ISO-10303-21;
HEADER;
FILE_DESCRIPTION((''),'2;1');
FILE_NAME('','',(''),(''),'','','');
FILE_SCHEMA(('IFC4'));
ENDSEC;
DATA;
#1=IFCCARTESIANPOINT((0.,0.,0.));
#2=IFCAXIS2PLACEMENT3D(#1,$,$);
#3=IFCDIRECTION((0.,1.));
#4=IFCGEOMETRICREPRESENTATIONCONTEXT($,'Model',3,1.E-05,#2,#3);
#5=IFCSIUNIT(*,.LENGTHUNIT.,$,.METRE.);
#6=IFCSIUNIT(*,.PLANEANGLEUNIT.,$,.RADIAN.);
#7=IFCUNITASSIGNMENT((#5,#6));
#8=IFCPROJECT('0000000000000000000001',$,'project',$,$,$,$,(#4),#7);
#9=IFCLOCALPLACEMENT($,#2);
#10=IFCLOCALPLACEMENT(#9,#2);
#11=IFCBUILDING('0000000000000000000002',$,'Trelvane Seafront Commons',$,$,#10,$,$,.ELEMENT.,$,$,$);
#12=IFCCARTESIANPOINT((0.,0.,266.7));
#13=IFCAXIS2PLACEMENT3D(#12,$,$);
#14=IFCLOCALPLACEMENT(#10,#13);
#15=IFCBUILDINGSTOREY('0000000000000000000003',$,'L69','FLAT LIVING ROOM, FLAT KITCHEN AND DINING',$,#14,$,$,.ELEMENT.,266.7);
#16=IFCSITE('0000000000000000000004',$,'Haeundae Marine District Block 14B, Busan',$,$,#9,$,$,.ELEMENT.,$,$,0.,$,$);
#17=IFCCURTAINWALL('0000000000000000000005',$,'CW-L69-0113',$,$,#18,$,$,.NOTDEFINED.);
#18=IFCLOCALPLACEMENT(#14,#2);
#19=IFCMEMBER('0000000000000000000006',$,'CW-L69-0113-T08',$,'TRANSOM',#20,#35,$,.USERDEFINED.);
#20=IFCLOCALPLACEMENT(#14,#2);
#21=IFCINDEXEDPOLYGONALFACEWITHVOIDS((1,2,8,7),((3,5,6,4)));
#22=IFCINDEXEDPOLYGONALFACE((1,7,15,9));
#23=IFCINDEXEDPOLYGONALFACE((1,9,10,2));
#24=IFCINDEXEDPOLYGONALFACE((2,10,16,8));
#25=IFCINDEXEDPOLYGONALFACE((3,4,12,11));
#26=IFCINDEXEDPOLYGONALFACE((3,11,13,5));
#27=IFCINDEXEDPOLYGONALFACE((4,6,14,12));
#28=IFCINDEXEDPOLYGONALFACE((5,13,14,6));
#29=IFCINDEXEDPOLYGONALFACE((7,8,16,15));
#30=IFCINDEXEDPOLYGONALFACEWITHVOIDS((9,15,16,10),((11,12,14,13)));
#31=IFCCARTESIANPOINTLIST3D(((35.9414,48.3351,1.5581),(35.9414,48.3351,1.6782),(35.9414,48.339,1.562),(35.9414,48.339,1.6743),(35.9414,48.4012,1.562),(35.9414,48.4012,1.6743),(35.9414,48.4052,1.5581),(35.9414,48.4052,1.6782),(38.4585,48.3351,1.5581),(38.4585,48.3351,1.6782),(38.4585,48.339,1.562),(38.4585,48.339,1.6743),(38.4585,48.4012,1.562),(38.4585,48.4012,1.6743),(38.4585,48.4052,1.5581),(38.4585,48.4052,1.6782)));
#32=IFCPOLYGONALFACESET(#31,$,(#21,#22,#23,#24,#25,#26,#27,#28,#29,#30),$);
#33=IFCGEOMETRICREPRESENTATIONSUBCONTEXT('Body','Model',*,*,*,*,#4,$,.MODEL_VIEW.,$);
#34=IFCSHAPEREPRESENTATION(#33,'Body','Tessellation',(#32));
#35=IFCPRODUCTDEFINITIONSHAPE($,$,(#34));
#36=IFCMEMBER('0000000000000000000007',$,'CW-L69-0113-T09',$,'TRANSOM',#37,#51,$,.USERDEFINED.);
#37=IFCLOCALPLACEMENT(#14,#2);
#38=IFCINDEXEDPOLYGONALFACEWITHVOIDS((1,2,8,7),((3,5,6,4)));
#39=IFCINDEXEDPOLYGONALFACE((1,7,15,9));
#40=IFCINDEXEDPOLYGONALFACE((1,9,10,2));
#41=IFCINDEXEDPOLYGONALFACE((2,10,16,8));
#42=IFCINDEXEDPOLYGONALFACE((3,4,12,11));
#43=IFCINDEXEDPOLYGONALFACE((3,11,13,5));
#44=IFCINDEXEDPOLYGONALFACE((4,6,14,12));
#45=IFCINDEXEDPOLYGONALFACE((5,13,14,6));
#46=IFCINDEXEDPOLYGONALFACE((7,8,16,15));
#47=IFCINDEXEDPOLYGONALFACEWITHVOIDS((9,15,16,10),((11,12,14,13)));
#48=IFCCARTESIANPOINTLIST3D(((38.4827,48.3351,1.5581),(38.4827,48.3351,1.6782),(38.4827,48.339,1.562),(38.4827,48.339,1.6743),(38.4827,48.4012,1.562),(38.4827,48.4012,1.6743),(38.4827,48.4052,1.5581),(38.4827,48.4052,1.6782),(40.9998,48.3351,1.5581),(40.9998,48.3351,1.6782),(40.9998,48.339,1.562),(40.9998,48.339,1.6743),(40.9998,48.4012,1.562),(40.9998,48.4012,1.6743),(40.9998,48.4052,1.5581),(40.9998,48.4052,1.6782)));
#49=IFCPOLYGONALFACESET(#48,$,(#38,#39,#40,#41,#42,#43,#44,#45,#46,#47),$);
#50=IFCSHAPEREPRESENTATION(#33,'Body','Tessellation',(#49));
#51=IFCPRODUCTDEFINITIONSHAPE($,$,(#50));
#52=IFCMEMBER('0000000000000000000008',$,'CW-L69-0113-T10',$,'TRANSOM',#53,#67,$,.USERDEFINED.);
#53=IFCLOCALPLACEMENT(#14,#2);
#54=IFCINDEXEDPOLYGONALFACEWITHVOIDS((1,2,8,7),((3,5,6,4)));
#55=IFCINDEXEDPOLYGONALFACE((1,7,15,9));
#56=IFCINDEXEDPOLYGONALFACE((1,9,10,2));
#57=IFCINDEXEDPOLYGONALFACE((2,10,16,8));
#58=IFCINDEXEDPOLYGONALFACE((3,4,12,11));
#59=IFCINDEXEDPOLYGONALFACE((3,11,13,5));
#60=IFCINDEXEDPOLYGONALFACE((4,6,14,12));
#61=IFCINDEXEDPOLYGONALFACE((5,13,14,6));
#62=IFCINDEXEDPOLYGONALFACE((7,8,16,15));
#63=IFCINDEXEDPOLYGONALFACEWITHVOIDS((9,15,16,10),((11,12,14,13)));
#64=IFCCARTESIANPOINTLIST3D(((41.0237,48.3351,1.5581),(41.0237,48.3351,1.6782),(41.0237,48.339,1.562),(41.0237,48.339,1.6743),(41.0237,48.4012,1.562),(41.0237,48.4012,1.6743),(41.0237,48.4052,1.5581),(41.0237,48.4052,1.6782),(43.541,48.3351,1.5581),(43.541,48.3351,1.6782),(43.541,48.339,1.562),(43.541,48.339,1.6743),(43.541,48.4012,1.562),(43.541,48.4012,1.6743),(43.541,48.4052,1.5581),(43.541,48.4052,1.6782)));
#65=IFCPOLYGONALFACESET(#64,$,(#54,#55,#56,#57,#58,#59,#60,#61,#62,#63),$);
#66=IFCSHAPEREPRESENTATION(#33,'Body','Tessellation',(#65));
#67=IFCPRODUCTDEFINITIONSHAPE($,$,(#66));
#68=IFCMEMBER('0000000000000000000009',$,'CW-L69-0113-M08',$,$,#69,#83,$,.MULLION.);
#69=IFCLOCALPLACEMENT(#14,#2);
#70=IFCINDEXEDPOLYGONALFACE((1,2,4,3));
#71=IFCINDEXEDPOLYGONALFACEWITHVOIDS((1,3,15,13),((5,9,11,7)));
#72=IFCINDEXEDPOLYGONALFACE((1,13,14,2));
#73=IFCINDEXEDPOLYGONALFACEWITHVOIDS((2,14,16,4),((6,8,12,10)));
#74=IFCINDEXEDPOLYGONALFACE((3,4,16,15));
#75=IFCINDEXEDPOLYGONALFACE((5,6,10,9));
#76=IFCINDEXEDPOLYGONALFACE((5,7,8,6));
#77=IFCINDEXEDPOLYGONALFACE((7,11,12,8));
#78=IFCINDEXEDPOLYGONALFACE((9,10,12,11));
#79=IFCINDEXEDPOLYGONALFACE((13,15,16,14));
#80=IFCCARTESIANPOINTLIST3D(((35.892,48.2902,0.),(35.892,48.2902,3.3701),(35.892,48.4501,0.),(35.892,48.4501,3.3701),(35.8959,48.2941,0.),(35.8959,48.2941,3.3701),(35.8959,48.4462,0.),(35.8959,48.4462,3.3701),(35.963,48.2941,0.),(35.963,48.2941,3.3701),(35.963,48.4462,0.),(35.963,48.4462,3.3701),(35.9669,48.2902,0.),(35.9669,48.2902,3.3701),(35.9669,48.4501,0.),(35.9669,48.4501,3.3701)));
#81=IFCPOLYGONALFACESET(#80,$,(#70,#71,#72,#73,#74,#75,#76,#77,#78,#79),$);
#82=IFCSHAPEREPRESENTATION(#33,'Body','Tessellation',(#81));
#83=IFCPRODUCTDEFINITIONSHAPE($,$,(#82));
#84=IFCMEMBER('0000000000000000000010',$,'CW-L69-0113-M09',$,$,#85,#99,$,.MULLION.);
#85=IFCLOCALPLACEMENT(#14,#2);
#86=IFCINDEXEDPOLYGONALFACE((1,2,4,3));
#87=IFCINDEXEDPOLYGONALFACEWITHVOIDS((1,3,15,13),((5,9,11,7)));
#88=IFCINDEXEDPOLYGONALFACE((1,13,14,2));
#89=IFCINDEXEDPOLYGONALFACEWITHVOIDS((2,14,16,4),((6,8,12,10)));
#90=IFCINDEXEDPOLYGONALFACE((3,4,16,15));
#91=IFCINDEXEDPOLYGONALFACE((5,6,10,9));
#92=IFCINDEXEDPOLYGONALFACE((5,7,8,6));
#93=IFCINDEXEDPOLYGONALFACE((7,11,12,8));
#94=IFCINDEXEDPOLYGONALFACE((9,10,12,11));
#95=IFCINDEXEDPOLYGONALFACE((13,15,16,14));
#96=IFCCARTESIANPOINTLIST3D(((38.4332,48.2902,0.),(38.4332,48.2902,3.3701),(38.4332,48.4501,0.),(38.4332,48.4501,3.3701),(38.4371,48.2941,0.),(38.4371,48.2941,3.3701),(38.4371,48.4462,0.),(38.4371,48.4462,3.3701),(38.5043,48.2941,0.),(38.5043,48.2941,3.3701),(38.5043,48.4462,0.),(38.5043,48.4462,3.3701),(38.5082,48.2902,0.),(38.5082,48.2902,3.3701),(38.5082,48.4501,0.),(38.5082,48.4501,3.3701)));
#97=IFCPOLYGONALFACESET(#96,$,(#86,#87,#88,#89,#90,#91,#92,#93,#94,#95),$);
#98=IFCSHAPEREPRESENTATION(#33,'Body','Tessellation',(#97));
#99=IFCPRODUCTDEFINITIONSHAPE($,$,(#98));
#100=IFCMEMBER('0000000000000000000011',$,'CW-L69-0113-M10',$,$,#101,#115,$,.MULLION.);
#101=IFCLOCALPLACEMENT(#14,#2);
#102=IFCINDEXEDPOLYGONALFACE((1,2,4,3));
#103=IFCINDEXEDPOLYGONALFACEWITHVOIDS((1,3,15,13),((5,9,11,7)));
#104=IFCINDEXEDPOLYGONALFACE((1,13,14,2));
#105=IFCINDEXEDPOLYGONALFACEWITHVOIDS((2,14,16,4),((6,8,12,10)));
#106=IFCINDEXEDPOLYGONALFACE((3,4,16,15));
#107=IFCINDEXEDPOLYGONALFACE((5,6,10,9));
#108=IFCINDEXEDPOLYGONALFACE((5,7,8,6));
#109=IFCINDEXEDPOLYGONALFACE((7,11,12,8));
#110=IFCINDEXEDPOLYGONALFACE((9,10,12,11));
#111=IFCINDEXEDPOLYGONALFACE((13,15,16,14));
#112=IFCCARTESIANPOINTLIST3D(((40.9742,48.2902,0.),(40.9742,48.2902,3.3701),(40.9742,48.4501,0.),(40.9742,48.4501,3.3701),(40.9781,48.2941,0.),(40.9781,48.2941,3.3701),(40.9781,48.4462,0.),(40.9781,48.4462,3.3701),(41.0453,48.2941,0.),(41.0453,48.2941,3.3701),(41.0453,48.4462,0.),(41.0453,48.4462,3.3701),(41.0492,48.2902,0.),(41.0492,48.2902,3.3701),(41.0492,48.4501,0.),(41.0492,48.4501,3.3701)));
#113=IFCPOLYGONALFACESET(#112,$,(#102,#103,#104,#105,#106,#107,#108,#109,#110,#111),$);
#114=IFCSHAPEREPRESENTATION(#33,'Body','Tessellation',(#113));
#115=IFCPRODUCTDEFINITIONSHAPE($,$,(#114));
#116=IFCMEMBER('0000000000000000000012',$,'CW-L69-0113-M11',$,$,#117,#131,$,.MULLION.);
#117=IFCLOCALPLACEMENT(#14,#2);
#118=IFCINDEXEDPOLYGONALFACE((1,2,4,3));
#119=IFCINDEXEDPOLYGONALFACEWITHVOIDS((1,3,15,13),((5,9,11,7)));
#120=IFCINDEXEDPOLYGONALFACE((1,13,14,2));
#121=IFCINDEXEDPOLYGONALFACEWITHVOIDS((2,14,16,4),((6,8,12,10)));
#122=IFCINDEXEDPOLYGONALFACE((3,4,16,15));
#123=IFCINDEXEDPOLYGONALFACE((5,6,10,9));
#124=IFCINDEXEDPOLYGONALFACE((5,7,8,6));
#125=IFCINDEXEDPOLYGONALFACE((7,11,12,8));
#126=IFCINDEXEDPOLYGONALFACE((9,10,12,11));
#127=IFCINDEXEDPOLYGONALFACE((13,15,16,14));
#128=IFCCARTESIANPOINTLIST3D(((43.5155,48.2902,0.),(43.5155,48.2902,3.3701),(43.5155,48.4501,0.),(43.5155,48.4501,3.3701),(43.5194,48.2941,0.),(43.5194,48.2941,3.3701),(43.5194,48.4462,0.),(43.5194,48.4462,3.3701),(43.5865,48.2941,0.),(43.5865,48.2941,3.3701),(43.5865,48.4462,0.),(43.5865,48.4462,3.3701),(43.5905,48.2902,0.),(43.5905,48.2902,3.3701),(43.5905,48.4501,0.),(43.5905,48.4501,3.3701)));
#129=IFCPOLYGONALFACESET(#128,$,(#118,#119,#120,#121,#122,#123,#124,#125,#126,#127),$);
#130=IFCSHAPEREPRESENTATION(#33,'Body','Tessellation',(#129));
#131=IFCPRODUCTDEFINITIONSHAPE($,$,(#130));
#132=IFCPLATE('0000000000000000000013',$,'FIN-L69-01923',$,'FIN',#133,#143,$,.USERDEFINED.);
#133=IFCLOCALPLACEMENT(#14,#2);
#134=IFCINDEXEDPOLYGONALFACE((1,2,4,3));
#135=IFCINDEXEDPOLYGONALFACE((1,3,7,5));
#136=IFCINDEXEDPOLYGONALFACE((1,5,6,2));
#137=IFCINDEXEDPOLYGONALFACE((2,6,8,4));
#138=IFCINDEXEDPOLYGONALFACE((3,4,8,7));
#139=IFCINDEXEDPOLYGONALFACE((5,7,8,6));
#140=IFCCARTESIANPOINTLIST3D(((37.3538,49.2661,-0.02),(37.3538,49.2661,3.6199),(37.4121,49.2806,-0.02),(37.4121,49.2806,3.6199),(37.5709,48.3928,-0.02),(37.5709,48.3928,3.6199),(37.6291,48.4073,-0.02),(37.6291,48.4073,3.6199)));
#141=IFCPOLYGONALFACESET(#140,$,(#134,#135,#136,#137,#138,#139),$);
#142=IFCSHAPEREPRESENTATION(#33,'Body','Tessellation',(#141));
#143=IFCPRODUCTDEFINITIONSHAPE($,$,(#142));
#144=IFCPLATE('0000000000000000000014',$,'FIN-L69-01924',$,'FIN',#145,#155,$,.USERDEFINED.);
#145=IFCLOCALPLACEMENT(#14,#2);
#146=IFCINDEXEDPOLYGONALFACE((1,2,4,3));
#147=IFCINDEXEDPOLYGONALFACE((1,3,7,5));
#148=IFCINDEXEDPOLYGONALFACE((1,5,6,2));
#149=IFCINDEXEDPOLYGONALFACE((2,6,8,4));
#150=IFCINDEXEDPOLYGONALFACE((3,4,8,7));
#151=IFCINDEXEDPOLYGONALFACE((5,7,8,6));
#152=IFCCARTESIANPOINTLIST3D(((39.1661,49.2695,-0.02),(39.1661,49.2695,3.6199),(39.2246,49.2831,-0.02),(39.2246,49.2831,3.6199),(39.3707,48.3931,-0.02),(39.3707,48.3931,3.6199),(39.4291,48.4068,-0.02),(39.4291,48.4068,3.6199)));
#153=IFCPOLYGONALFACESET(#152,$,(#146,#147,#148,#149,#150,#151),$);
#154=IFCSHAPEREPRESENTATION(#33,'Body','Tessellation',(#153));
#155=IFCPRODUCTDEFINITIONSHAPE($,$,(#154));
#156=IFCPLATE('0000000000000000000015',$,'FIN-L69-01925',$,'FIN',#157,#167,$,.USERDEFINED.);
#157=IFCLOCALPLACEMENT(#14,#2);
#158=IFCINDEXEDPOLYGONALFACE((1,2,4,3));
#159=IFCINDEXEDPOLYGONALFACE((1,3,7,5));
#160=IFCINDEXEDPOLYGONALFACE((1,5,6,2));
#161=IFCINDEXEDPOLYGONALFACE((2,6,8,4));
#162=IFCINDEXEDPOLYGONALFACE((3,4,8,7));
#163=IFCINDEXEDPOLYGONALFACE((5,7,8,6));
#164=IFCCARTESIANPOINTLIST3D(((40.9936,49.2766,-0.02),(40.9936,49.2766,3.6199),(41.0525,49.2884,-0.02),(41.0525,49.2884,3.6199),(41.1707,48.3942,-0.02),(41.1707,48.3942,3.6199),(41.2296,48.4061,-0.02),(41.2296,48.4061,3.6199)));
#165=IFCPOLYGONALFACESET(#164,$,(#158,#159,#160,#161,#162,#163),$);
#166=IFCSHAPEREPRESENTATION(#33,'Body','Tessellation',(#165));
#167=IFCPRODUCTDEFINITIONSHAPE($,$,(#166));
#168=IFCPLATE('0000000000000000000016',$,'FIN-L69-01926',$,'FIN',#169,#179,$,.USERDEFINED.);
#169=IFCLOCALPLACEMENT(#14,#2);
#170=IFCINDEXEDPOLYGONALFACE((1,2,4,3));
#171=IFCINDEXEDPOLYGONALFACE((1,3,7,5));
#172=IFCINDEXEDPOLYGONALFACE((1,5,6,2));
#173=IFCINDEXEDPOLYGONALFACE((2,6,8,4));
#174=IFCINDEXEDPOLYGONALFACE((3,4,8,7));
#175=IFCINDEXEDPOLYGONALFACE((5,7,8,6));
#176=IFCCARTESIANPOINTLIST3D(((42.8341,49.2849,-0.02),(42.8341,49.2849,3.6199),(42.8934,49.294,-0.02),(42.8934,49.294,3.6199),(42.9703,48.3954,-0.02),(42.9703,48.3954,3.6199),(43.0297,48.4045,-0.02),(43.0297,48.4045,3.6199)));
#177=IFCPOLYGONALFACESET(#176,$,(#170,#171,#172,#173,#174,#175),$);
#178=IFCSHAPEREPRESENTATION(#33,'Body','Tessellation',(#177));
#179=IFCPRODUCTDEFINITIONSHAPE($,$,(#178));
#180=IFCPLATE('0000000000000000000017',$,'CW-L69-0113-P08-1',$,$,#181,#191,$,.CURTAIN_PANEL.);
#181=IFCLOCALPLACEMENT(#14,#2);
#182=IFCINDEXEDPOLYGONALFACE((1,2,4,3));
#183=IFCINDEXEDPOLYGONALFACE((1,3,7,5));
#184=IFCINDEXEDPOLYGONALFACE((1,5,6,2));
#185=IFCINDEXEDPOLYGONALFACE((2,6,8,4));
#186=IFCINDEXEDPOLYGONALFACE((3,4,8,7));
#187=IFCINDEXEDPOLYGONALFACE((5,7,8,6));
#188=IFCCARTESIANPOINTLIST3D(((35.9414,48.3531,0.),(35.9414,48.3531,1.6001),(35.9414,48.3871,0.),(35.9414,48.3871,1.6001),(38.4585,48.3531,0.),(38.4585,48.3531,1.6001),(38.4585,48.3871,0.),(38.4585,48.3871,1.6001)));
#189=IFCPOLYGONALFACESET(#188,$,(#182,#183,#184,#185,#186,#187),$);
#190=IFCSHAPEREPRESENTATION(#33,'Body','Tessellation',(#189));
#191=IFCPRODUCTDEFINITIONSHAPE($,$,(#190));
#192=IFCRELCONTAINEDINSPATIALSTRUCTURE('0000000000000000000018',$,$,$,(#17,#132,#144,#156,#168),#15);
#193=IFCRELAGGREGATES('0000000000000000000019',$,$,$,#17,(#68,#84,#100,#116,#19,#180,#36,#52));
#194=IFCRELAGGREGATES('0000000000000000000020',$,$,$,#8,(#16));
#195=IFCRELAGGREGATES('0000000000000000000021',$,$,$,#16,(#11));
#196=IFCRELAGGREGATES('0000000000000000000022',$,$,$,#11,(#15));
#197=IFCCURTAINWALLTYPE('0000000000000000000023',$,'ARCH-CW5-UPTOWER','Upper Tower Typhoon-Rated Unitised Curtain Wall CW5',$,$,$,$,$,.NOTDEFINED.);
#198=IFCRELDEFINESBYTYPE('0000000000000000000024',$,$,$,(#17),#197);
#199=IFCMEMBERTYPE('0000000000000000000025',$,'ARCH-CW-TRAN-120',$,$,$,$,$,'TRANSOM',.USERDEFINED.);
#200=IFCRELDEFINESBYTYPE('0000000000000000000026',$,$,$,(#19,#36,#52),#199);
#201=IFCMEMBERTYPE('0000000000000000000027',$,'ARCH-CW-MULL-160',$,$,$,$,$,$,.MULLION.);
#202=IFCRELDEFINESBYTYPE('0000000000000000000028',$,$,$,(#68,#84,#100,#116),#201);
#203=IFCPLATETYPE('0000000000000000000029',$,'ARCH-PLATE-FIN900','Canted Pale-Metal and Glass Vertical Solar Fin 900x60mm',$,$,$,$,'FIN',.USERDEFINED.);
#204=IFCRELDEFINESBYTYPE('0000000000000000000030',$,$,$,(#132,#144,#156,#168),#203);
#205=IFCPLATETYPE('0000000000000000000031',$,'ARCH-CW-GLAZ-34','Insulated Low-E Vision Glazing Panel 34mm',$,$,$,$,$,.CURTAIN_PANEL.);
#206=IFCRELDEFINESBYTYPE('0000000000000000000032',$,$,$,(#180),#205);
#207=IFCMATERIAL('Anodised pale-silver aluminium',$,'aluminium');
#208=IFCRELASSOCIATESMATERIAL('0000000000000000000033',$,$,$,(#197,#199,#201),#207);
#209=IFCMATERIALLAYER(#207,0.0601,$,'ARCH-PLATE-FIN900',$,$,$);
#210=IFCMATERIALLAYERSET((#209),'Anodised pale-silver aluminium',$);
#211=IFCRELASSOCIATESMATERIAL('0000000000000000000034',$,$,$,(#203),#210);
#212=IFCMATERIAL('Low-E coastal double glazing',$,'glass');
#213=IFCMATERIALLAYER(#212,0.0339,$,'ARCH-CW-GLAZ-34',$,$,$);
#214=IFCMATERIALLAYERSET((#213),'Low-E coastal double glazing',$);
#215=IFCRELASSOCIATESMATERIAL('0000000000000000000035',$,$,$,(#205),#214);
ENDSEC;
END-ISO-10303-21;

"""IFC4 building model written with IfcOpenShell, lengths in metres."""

from ifc_helpers import new_model, si_unit, direction, frame, origin, origin_2d, place, context, subcontext, project, spatial, rectangle, hollow_rectangle, extrude, source, transform, mapped, material, layer, layer_set, material_profile, profile_set, type_object, element, aggregate, save


model = new_model("IFC4")

# Units and contexts
model_context = context("Model", 3, precision=1e-05, world=origin(), true_north=direction((0.0, 1.0)))
body_context = subcontext(model_context, "Body", "Model", "MODEL_VIEW")
ifc_project = project(units=[si_unit("LENGTHUNIT", "METRE"), si_unit("PLANEANGLEUNIT", "RADIAN")], contexts=[model_context])

# Site, building, storey
site_placement = place(None, origin())
site = spatial("IfcSite", under=ifc_project, at=site_placement, Name="Haeundae Marine District Block 14B, Busan", CompositionType="ELEMENT", RefElevation=0.0)
building_placement = place(site_placement, origin())
building = spatial("IfcBuilding", under=site, at=building_placement, Name="Trelvane Seafront Commons", CompositionType="ELEMENT")
storey_placement = place(building_placement, frame((0.0, 0.0, 266.7)))
storey = spatial("IfcBuildingStorey", under=building, at=storey_placement, Name="L69", Description="FLAT LIVING ROOM, FLAT KITCHEN AND DINING", CompositionType="ELEMENT", Elevation=266.7)

# Curtain wall, members
ifc_material_1 = material(Name="Anodised pale-silver aluminium", Category="aluminium")
curtain_wall_type = type_object("IfcCurtainWallType", Name="ARCH-CW5-UPTOWER", Description="Upper Tower Typhoon-Rated Unitised Curtain Wall CW5", PredefinedType="NOTDEFINED", material=ifc_material_1)
curtain_wall_placement = place(storey_placement, origin())
curtain_wall = element("IfcCurtainWall", 1, at=curtain_wall_placement, inside=storey, type_object=curtain_wall_type, Name="CW-L69-0113", PredefinedType="NOTDEFINED")
ifc_material_profile_1 = material_profile(ifc_material_1, hollow_rectangle(XDim=0.0701, YDim=0.1201, WallThickness=0.0039, at=origin_2d()), Name="TRAN-70x120x4")
ifc_profile_set_1 = profile_set([ifc_material_profile_1], Name="Anodised pale-silver aluminium")
member_type_1 = type_object("IfcMemberType", Name="ARCH-CW-TRAN-120", ElementType="TRANSOM", PredefinedType="USERDEFINED", material=ifc_profile_set_1)
shared_shape_1 = source(origin(), body_context, "Body", "SweptSolid", [
    extrude(hollow_rectangle(XDim=0.0701, YDim=0.1201, WallThickness=0.0039, at=origin_2d()), origin(), (0.0, 0.0, 1.0), 2.5171),
])
member_1_placement = place(storey_placement, frame((35.9414, 48.3701, 1.6182), z_axis=(1.0, 0.0, 0.0), x_axis=(0.0, 1.0, 0.0)))
member_1 = element("IfcMember", 2, at=member_1_placement, type_object=member_type_1, Name="CW-L69-0113-T08", ObjectType="TRANSOM", PredefinedType="USERDEFINED", context=body_context, shape_type="MappedRepresentation", body=[
    mapped(shared_shape_1, transform((0.0, 0.0, 0.0), x_axis=(1.0, 0.0, 0.0), y_axis=(0.0, 1.0, 0.0), z_axis=(0.0, 0.0, 1.0), scale=1.0)),
])
member_2_placement = place(storey_placement, frame((38.4827, 48.3701, 1.6182), z_axis=(1.0, 0.0, 0.0), x_axis=(0.0, 1.0, 0.0)))
member_2 = element("IfcMember", 3, at=member_2_placement, type_object=member_type_1, Name="CW-L69-0113-T09", ObjectType="TRANSOM", PredefinedType="USERDEFINED", context=body_context, shape_type="MappedRepresentation", body=[
    mapped(shared_shape_1, transform((0.0, 0.0, 0.0), x_axis=(1.0, 0.0, 0.0), y_axis=(0.0, 1.0, 0.0), z_axis=(0.0, 0.0, 1.0), scale=1.0)),
])
shared_shape_2 = source(origin(), body_context, "Body", "SweptSolid", [
    extrude(hollow_rectangle(XDim=0.0701, YDim=0.1201, WallThickness=0.0039, at=origin_2d()), origin(), (0.0, 0.0, 1.0), 2.5173),
])
member_3_placement = place(storey_placement, frame((41.0237, 48.3701, 1.6182), z_axis=(1.0, 0.0, 0.0), x_axis=(0.0, 1.0, 0.0)))
member_3 = element("IfcMember", 4, at=member_3_placement, type_object=member_type_1, Name="CW-L69-0113-T10", ObjectType="TRANSOM", PredefinedType="USERDEFINED", context=body_context, shape_type="MappedRepresentation", body=[
    mapped(shared_shape_2, transform((0.0, 0.0, 0.0), x_axis=(1.0, 0.0, 0.0), y_axis=(0.0, 1.0, 0.0), z_axis=(0.0, 0.0, 1.0), scale=1.0)),
])
ifc_material_profile_2 = material_profile(ifc_material_1, hollow_rectangle(XDim=0.075, YDim=0.1599, WallThickness=0.0039, at=origin_2d()), Name="MULL-75x160x4")
ifc_profile_set_2 = profile_set([ifc_material_profile_2], Name="Anodised pale-silver aluminium")
member_type_2 = type_object("IfcMemberType", Name="ARCH-CW-MULL-160", PredefinedType="MULLION", material=ifc_profile_set_2)
shared_shape_3 = source(origin(), body_context, "Body", "SweptSolid", [
    extrude(hollow_rectangle(XDim=0.075, YDim=0.1599, WallThickness=0.0039, at=origin_2d()), origin(), (0.0, 0.0, 1.0), 3.3701),
])
member_4_placement = place(storey_placement, frame((35.9294, 48.3701, 0.0), z_axis=(0.0, 0.0, 1.0), x_axis=(1.0, 0.0, 0.0)))
member_4 = element("IfcMember", 5, at=member_4_placement, type_object=member_type_2, Name="CW-L69-0113-M08", PredefinedType="MULLION", context=body_context, shape_type="MappedRepresentation", body=[
    mapped(shared_shape_3, transform((0.0, 0.0, 0.0), x_axis=(1.0, 0.0, 0.0), y_axis=(0.0, 1.0, 0.0), z_axis=(0.0, 0.0, 1.0), scale=1.0)),
])
member_5_placement = place(storey_placement, frame((38.4707, 48.3701, 0.0), z_axis=(0.0, 0.0, 1.0), x_axis=(1.0, 0.0, 0.0)))
member_5 = element("IfcMember", 6, at=member_5_placement, type_object=member_type_2, Name="CW-L69-0113-M09", PredefinedType="MULLION", context=body_context, shape_type="MappedRepresentation", body=[
    mapped(shared_shape_3, transform((0.0, 0.0, 0.0), x_axis=(1.0, 0.0, 0.0), y_axis=(0.0, 1.0, 0.0), z_axis=(0.0, 0.0, 1.0), scale=1.0)),
])
member_6_placement = place(storey_placement, frame((41.0117, 48.3701, 0.0), z_axis=(0.0, 0.0, 1.0), x_axis=(1.0, 0.0, 0.0)))
member_6 = element("IfcMember", 7, at=member_6_placement, type_object=member_type_2, Name="CW-L69-0113-M10", PredefinedType="MULLION", context=body_context, shape_type="MappedRepresentation", body=[
    mapped(shared_shape_3, transform((0.0, 0.0, 0.0), x_axis=(1.0, 0.0, 0.0), y_axis=(0.0, 1.0, 0.0), z_axis=(0.0, 0.0, 1.0), scale=1.0)),
])
member_7_placement = place(storey_placement, frame((43.553, 48.3701, 0.0), z_axis=(0.0, 0.0, 1.0), x_axis=(1.0, 0.0, 0.0)))
member_7 = element("IfcMember", 8, at=member_7_placement, type_object=member_type_2, Name="CW-L69-0113-M11", PredefinedType="MULLION", context=body_context, shape_type="MappedRepresentation", body=[
    mapped(shared_shape_3, transform((0.0, 0.0, 0.0), x_axis=(1.0, 0.0, 0.0), y_axis=(0.0, 1.0, 0.0), z_axis=(0.0, 0.0, 1.0), scale=1.0)),
])

# Plates
ifc_layer_1 = layer(ifc_material_1, 0.0601, Name="ARCH-PLATE-FIN900")
ifc_layer_set_1 = layer_set([ifc_layer_1], Name="Anodised pale-silver aluminium")
plate_type_1 = type_object("IfcPlateType", Name="ARCH-PLATE-FIN900", Description="Canted Pale-Metal and Glass Vertical Solar Fin 900x60mm", ElementType="FIN", PredefinedType="USERDEFINED", material=ifc_layer_set_1)
shared_shape_4 = source(origin(), body_context, "Body", "SweptSolid", [
    extrude(rectangle(XDim=0.8999, YDim=0.0601, at=origin_2d()), origin(), (0.0, 0.0, 1.0), 3.6399),
])
for number, where, z_axis, x_axis, name in (
    (9, (37.4915, 48.8367, -0.02), (0.0, 0.0, 1.0), (-0.241228, 0.970469, 0.0), "FIN-L69-01923"),
    (10, (39.2976, 48.8381, -0.02), (0.0, 0.0, 1.0), (-0.227341, 0.973815, 0.0), "FIN-L69-01924"),
    (11, (41.1116, 48.8413, -0.02), (0.0, 0.0, 1.0), (-0.196778, 0.980448, 0.0), "FIN-L69-01925"),
    (12, (42.9319, 48.8447, -0.02), (0.0, 0.0, 1.0), (-0.151447, 0.988465, 0.0), "FIN-L69-01926"),
):
    element("IfcPlate", number, at=place(storey_placement, frame(where, z_axis=z_axis, x_axis=x_axis)), inside=storey, type_object=plate_type_1, Name=name, ObjectType="FIN", PredefinedType="USERDEFINED", context=body_context, shape_type="MappedRepresentation", body=[
        mapped(shared_shape_4, transform((0.0, 0.0, 0.0), x_axis=(1.0, 0.0, 0.0), y_axis=(0.0, 1.0, 0.0), z_axis=(0.0, 0.0, 1.0), scale=1.0)),
    ])

# Plate
ifc_material_2 = material(Name="Low-E coastal double glazing", Category="glass")
ifc_layer_2 = layer(ifc_material_2, 0.0339, Name="ARCH-CW-GLAZ-34")
ifc_layer_set_2 = layer_set([ifc_layer_2], Name="Low-E coastal double glazing")
plate_type_2 = type_object("IfcPlateType", Name="ARCH-CW-GLAZ-34", Description="Insulated Low-E Vision Glazing Panel 34mm", PredefinedType="CURTAIN_PANEL", material=ifc_layer_set_2)
shared_shape_5 = source(origin(), body_context, "Body", "SweptSolid", [
    extrude(rectangle(XDim=2.5171, YDim=0.0339, at=origin_2d()), origin(), (0.0, 0.0, 1.0), 1.6001),
])
plate_1_placement = place(storey_placement, frame((37.2, 48.3701, 0.0), z_axis=(0.0, 0.0, 1.0), x_axis=(1.0, 0.0, 0.0)))
plate_1 = element("IfcPlate", 13, at=plate_1_placement, type_object=plate_type_2, Name="CW-L69-0113-P08-1", PredefinedType="CURTAIN_PANEL", context=body_context, shape_type="MappedRepresentation", body=[
    mapped(shared_shape_5, transform((0.0, 0.0, 0.0), x_axis=(1.0, 0.0, 0.0), y_axis=(0.0, 1.0, 0.0), z_axis=(0.0, 0.0, 1.0), scale=1.0)),
])
aggregate(curtain_wall, [member_4, member_5, member_6, member_7, member_1, plate_1, member_2, member_3])

save(model, "model.ifc")
